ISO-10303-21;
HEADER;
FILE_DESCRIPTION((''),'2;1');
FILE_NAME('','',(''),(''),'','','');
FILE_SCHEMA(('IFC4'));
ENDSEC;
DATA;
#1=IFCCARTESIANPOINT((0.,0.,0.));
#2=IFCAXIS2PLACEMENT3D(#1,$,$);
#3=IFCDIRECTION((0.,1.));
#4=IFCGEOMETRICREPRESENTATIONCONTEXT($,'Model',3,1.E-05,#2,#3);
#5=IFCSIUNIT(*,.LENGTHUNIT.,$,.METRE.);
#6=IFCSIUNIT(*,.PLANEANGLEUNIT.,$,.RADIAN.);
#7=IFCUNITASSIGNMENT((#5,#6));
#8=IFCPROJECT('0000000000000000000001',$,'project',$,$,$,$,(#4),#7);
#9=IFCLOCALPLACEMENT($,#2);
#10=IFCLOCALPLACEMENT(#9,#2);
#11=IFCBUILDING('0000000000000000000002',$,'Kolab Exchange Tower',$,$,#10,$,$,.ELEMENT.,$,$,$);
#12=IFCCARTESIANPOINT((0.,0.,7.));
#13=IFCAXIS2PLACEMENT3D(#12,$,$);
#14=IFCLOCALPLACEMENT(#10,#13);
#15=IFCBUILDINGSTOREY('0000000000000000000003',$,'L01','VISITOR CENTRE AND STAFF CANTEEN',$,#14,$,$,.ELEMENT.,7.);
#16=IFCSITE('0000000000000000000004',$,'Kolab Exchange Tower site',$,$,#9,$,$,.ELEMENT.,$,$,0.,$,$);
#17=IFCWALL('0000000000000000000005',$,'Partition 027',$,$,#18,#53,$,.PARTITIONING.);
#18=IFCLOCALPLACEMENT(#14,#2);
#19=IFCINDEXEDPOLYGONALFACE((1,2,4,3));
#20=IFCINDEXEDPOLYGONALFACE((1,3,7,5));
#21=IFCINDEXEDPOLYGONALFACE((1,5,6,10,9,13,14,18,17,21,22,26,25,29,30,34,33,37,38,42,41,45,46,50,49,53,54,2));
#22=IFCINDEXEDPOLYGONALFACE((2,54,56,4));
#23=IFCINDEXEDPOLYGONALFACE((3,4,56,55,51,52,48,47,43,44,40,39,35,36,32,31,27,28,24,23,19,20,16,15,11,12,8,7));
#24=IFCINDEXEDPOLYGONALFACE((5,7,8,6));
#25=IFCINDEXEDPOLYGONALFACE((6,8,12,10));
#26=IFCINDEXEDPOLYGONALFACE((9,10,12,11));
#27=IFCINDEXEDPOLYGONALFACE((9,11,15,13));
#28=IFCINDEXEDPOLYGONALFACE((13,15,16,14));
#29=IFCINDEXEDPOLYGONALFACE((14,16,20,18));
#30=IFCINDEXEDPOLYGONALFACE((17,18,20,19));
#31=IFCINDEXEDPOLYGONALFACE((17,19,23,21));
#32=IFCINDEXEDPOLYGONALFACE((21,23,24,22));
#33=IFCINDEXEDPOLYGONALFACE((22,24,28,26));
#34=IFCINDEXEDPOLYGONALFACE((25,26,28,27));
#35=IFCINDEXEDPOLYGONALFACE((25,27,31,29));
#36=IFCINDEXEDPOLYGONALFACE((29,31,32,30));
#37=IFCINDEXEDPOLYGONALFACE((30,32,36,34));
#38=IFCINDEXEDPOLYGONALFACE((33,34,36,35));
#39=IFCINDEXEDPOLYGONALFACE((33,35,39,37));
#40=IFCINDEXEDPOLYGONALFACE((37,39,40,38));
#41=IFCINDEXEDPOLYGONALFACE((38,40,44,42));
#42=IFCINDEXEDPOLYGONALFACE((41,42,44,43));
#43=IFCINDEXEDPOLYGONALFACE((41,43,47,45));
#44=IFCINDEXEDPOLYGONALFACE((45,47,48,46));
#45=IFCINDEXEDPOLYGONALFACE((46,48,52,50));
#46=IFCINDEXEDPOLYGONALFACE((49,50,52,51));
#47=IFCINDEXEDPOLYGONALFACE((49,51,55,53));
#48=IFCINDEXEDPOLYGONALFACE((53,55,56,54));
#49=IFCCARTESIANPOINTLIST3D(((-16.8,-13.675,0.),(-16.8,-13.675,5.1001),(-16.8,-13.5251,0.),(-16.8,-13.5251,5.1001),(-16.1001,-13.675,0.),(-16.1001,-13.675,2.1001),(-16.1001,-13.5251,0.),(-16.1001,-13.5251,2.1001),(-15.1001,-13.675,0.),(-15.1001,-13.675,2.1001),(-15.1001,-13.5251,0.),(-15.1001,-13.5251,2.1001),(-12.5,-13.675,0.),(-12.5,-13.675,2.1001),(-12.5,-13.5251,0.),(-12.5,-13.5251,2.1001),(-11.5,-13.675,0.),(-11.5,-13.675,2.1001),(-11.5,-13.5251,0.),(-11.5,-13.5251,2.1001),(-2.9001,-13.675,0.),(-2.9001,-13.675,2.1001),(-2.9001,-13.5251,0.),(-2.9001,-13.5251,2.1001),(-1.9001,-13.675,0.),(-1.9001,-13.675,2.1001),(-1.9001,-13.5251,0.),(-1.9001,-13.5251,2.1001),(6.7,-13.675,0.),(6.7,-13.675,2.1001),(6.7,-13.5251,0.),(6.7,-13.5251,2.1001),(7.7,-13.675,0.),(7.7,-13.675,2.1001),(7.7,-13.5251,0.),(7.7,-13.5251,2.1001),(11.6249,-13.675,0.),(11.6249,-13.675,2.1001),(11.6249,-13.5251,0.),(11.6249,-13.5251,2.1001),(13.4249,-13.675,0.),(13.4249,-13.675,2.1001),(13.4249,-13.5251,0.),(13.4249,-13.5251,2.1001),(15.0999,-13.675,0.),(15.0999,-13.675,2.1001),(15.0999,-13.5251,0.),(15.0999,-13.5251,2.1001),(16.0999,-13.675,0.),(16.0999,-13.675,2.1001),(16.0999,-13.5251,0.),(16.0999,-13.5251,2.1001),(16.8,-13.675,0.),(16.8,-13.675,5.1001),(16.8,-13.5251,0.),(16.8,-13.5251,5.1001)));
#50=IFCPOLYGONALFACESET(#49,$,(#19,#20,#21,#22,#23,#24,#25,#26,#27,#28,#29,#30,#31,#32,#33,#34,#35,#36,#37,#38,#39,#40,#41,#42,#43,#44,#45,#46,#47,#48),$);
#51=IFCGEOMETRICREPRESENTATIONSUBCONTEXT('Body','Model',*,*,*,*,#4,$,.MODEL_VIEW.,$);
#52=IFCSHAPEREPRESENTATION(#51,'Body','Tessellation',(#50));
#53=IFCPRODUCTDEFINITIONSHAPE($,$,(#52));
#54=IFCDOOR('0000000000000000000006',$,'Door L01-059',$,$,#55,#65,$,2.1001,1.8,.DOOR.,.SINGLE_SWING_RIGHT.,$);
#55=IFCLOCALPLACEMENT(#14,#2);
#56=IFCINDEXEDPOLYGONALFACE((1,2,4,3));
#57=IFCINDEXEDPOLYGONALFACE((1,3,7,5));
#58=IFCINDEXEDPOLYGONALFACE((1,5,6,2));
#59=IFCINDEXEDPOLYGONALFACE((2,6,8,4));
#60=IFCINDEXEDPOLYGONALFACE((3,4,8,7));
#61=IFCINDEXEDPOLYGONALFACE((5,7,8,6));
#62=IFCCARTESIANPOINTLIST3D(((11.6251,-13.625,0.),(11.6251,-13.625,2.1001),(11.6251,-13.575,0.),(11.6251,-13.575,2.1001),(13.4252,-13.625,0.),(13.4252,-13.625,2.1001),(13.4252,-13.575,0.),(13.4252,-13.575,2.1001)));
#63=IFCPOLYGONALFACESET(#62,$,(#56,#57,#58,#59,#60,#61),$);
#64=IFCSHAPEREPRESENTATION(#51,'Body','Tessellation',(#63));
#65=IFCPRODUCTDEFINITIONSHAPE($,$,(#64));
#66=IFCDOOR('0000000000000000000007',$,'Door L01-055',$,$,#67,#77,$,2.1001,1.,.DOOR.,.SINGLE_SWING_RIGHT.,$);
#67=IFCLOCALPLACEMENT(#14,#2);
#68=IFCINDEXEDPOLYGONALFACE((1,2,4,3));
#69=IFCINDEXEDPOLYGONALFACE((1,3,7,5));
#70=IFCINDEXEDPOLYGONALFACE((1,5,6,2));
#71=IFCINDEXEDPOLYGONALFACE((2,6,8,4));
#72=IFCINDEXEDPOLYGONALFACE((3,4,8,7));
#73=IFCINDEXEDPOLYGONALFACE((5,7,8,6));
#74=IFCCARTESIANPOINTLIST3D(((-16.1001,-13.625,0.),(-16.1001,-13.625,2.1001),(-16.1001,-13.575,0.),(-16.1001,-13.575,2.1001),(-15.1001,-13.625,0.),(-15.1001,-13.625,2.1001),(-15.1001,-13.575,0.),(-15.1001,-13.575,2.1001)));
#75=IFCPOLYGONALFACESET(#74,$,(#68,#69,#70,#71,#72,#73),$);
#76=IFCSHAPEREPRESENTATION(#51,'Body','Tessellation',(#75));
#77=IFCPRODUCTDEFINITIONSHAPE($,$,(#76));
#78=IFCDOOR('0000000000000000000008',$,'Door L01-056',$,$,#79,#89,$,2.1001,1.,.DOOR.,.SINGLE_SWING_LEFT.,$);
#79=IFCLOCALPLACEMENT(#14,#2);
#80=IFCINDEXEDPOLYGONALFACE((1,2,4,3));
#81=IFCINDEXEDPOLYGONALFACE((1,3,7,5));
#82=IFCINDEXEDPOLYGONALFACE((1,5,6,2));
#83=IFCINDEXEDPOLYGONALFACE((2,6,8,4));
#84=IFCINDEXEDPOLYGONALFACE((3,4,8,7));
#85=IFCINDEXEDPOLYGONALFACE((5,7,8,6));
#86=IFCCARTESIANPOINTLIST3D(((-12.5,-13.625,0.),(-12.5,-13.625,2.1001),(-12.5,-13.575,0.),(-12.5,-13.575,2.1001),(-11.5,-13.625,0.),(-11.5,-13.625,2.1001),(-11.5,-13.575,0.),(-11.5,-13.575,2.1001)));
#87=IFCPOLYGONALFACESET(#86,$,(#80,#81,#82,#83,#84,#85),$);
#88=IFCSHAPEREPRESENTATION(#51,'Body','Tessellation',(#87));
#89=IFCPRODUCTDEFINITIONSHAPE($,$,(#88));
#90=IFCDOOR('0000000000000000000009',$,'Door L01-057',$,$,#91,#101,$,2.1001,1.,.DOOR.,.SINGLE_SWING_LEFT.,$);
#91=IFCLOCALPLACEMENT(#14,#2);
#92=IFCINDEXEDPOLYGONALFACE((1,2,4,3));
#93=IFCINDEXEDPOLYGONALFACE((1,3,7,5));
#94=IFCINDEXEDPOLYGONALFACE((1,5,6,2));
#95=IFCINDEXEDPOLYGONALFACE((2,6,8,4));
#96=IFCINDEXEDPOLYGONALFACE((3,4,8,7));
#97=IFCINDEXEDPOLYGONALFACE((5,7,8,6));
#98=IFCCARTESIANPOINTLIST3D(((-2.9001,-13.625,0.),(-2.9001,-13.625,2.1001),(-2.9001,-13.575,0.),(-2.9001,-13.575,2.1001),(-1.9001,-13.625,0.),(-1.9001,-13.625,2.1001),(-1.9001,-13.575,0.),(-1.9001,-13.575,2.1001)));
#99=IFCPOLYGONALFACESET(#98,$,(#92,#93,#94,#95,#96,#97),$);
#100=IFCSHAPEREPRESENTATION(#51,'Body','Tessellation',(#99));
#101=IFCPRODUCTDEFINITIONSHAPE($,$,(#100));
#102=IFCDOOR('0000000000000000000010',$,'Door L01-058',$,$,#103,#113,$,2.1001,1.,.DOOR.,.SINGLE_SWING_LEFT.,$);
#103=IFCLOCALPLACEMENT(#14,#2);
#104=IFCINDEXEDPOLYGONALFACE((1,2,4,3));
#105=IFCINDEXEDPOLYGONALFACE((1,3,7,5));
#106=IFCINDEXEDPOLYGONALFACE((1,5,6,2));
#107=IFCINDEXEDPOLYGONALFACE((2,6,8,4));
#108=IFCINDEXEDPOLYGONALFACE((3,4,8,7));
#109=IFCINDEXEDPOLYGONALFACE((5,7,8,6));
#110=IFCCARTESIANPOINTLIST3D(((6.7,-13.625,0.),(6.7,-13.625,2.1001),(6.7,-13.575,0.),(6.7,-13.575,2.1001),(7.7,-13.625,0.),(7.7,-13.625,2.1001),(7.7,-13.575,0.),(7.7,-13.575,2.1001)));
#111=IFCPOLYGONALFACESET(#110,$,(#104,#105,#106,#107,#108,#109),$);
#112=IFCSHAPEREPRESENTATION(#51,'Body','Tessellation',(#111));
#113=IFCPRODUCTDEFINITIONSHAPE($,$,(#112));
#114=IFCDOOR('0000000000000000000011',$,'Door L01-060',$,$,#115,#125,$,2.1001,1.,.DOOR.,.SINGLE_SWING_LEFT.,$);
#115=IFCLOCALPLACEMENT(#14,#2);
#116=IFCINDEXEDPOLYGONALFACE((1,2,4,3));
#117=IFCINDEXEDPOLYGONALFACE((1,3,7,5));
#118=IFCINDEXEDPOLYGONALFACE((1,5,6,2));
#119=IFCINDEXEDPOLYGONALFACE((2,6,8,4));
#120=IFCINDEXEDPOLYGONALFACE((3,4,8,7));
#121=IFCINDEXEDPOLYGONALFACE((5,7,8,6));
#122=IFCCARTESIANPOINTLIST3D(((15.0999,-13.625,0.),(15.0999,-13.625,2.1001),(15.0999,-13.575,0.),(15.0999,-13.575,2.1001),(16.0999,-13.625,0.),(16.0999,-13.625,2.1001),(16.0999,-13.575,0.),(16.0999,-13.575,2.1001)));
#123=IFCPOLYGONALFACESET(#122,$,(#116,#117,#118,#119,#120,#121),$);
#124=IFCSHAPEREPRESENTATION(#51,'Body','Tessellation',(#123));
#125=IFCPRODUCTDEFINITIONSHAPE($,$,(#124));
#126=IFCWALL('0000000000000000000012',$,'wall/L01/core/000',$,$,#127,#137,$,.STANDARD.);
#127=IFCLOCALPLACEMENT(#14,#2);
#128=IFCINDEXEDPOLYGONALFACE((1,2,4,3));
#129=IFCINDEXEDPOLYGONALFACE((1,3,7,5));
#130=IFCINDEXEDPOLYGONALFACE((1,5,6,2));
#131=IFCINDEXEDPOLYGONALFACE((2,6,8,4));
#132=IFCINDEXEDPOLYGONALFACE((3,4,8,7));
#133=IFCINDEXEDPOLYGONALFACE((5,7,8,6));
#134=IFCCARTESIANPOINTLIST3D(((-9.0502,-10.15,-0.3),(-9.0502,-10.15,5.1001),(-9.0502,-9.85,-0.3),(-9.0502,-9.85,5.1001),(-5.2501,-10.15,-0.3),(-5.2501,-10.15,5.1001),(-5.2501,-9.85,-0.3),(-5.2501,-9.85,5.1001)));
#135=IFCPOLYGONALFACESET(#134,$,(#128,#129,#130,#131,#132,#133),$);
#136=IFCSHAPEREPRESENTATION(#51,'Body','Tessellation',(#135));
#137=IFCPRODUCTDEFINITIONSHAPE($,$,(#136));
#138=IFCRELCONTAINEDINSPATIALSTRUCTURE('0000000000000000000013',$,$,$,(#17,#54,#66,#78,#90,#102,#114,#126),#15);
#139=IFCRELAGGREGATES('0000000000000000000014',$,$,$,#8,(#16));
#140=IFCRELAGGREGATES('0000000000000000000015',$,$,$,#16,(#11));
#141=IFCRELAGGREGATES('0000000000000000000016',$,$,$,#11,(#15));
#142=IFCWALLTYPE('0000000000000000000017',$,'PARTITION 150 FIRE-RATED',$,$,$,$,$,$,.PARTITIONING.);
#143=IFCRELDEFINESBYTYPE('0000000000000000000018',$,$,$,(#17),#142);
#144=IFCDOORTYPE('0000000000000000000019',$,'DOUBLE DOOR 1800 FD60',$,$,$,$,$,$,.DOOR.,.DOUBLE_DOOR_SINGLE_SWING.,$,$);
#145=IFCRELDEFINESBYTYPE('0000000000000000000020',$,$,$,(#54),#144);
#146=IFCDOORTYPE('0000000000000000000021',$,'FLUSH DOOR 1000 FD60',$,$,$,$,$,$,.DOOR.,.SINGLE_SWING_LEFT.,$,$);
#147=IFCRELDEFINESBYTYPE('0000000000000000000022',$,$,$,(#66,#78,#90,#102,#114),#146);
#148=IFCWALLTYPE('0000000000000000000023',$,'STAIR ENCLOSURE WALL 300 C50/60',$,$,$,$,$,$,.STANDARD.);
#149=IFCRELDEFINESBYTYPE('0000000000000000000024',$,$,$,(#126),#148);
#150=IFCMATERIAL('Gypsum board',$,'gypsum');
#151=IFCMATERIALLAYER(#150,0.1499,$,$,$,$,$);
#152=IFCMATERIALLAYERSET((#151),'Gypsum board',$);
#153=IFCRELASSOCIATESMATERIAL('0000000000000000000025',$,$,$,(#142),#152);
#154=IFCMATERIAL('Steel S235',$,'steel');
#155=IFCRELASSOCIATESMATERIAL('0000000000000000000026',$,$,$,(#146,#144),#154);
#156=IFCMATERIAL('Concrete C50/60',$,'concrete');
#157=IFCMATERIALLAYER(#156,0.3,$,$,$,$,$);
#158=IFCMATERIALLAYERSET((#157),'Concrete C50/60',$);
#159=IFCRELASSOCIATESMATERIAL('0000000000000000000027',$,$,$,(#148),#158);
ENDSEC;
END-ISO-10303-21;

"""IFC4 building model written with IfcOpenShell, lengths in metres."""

from ifc_helpers import new_model, si_unit, direction, frame, frame_2d, origin, place, context, subcontext, project, spatial, rectangle, extrude, material, layer, layer_set, type_object, element, fill, save


model = new_model("IFC4")

# Units and contexts
model_context = context("Model", 3, precision=1e-05, world=origin(), true_north=direction((0.0, 1.0)))
body_context = subcontext(model_context, "Body", "Model", "MODEL_VIEW")
ifc_project = project(units=[si_unit("LENGTHUNIT", "METRE"), si_unit("PLANEANGLEUNIT", "RADIAN")], contexts=[model_context])

# Site, building, storey
site_placement = place(None, origin())
site = spatial("IfcSite", under=ifc_project, at=site_placement, Name="Kolab Exchange Tower site", CompositionType="ELEMENT", RefElevation=0.0)
building_placement = place(site_placement, origin())
building = spatial("IfcBuilding", under=site, at=building_placement, Name="Kolab Exchange Tower", CompositionType="ELEMENT")
storey_placement = place(building_placement, frame((0.0, 0.0, 7.0)))
storey = spatial("IfcBuildingStorey", under=building, at=storey_placement, Name="L01", Description="VISITOR CENTRE AND STAFF CANTEEN", CompositionType="ELEMENT", Elevation=7.0)

# Shared definitions
ifc_material_1 = material(Name="Gypsum board", Category="gypsum")

# Wall, openings, doors
ifc_layer_1 = layer(ifc_material_1, 0.1499)
ifc_layer_set_1 = layer_set([ifc_layer_1], Name="Gypsum board")
wall_type_1 = type_object("IfcWallType", Name="PARTITION 150 FIRE-RATED", PredefinedType="PARTITIONING", material=ifc_layer_set_1)
ifc_material_2 = material(Name="Steel S235", Category="steel")
door_type_1 = type_object("IfcDoorType", Name="FLUSH DOOR 1000 FD60", OperationType="SINGLE_SWING_LEFT", PredefinedType="DOOR", material=ifc_material_2)
wall_1_placement = place(storey_placement, frame((-16.8, -13.6001, 0.0), z_axis=(0.0, 0.0, 1.0), x_axis=(1.0, 0.0, 0.0)))
wall_1 = element("IfcWall", 1, at=wall_1_placement, inside=storey, type_object=wall_type_1, Name="Partition 027", PredefinedType="PARTITIONING", context=body_context, shape_type="SweptSolid", body=[
    extrude(rectangle(XDim=33.6001, YDim=0.1499, at=frame_2d((16.8, 0.0))), origin(), (0.0, 0.0, 1.0), 5.1001),
])
opening_1_placement = place(wall_1_placement, frame((0.7, 0.0, 0.0)))
opening_1 = element("IfcOpeningElement", 2, at=opening_1_placement, cuts=wall_1, PredefinedType="OPENING", context=body_context, shape_type="SweptSolid", body=[
    extrude(rectangle(XDim=1.0, YDim=2.1001, at=frame_2d((0.5, 1.05))), frame((0.0, 0.085, 0.0), z_axis=(0.0, -1.0, 0.0), x_axis=(1.0, 0.0, 0.0)), (0.0, 0.0, 1.0), 0.1699),
])
opening_2_placement = place(wall_1_placement, frame((4.3, 0.0, 0.0)))
opening_2 = element("IfcOpeningElement", 3, at=opening_2_placement, cuts=wall_1, PredefinedType="OPENING", context=body_context, shape_type="SweptSolid", body=[
    extrude(rectangle(XDim=1.0, YDim=2.1001, at=frame_2d((0.5, 1.05))), frame((0.0, 0.085, 0.0), z_axis=(0.0, -1.0, 0.0), x_axis=(1.0, 0.0, 0.0)), (0.0, 0.0, 1.0), 0.1699),
])
opening_3_placement = place(wall_1_placement, frame((13.8999, 0.0, 0.0)))
opening_3 = element("IfcOpeningElement", 4, at=opening_3_placement, cuts=wall_1, PredefinedType="OPENING", context=body_context, shape_type="SweptSolid", body=[
    extrude(rectangle(XDim=1.0, YDim=2.1001, at=frame_2d((0.5, 1.05))), frame((0.0, 0.085, 0.0), z_axis=(0.0, -1.0, 0.0), x_axis=(1.0, 0.0, 0.0)), (0.0, 0.0, 1.0), 0.1699),
])
opening_4_placement = place(wall_1_placement, frame((23.5, 0.0, 0.0)))
opening_4 = element("IfcOpeningElement", 5, at=opening_4_placement, cuts=wall_1, PredefinedType="OPENING", context=body_context, shape_type="SweptSolid", body=[
    extrude(rectangle(XDim=1.0, YDim=2.1001, at=frame_2d((0.5, 1.05))), frame((0.0, 0.085, 0.0), z_axis=(0.0, -1.0, 0.0), x_axis=(1.0, 0.0, 0.0)), (0.0, 0.0, 1.0), 0.1699),
])
opening_5_placement = place(wall_1_placement, frame((28.425, 0.0, 0.0)))
opening_5 = element("IfcOpeningElement", 6, at=opening_5_placement, cuts=wall_1, PredefinedType="OPENING", context=body_context, shape_type="SweptSolid", body=[
    extrude(rectangle(XDim=1.8, YDim=2.1001, at=frame_2d((0.8999, 1.05))), frame((0.0, 0.085, 0.0), z_axis=(0.0, -1.0, 0.0), x_axis=(1.0, 0.0, 0.0)), (0.0, 0.0, 1.0), 0.1699),
])
opening_6_placement = place(wall_1_placement, frame((31.8999, 0.0, 0.0)))
opening_6 = element("IfcOpeningElement", 7, at=opening_6_placement, cuts=wall_1, PredefinedType="OPENING", context=body_context, shape_type="SweptSolid", body=[
    extrude(rectangle(XDim=1.0, YDim=2.1001, at=frame_2d((0.5, 1.05))), frame((0.0, 0.085, 0.0), z_axis=(0.0, -1.0, 0.0), x_axis=(1.0, 0.0, 0.0)), (0.0, 0.0, 1.0), 0.1699),
])
door_type_2 = type_object("IfcDoorType", Name="DOUBLE DOOR 1800 FD60", OperationType="DOUBLE_DOOR_SINGLE_SWING", PredefinedType="DOOR", material=ifc_material_2)
door_1_placement = place(opening_5_placement, frame((1.8, 0.0, 0.0), z_axis=(0.0, 0.0, 1.0), x_axis=(-1.0, 0.0, 0.0)))
door_1 = element("IfcDoor", 8, at=door_1_placement, inside=storey, type_object=door_type_2, Name="Door L01-059", OperationType="SINGLE_SWING_RIGHT", OverallHeight=2.1001, OverallWidth=1.8, PredefinedType="DOOR", context=body_context, shape_type="SweptSolid", body=[
    extrude(rectangle(XDim=1.8, YDim=2.1001, at=frame_2d((0.8999, 1.05))), frame((0.0, 0.0249, 0.0), z_axis=(0.0, -1.0, 0.0), x_axis=(1.0, 0.0, 0.0)), (0.0, 0.0, 1.0), 0.05),
])
fill(opening_5, door_1)
door_2_placement = place(opening_1_placement, frame((1.0, 0.0, 0.0), z_axis=(0.0, 0.0, 1.0), x_axis=(-1.0, 0.0, 0.0)))
door_2 = element("IfcDoor", 9, at=door_2_placement, inside=storey, type_object=door_type_1, Name="Door L01-055", OperationType="SINGLE_SWING_RIGHT", OverallHeight=2.1001, OverallWidth=1.0, PredefinedType="DOOR", context=body_context, shape_type="SweptSolid", body=[
    extrude(rectangle(XDim=1.0, YDim=2.1001, at=frame_2d((0.5, 1.05))), frame((0.0, 0.0249, 0.0), z_axis=(0.0, -1.0, 0.0), x_axis=(1.0, 0.0, 0.0)), (0.0, 0.0, 1.0), 0.05),
])
fill(opening_1, door_2)
door_3_placement = place(opening_2_placement, frame((1.0, 0.0, 0.0), z_axis=(0.0, 0.0, 1.0), x_axis=(-1.0, 0.0, 0.0)))
door_3 = element("IfcDoor", 10, at=door_3_placement, inside=storey, type_object=door_type_1, Name="Door L01-056", OperationType="SINGLE_SWING_LEFT", OverallHeight=2.1001, OverallWidth=1.0, PredefinedType="DOOR", context=body_context, shape_type="SweptSolid", body=[
    extrude(rectangle(XDim=1.0, YDim=2.1001, at=frame_2d((0.5, 1.05))), frame((0.0, 0.0249, 0.0), z_axis=(0.0, -1.0, 0.0), x_axis=(1.0, 0.0, 0.0)), (0.0, 0.0, 1.0), 0.05),
])
fill(opening_2, door_3)
door_4_placement = place(opening_3_placement, frame((1.0, 0.0, 0.0), z_axis=(0.0, 0.0, 1.0), x_axis=(-1.0, 0.0, 0.0)))
door_4 = element("IfcDoor", 11, at=door_4_placement, inside=storey, type_object=door_type_1, Name="Door L01-057", OperationType="SINGLE_SWING_LEFT", OverallHeight=2.1001, OverallWidth=1.0, PredefinedType="DOOR", context=body_context, shape_type="SweptSolid", body=[
    extrude(rectangle(XDim=1.0, YDim=2.1001, at=frame_2d((0.5, 1.05))), frame((0.0, 0.0249, 0.0), z_axis=(0.0, -1.0, 0.0), x_axis=(1.0, 0.0, 0.0)), (0.0, 0.0, 1.0), 0.05),
])
fill(opening_3, door_4)
door_5_placement = place(opening_4_placement, frame((1.0, 0.0, 0.0), z_axis=(0.0, 0.0, 1.0), x_axis=(-1.0, 0.0, 0.0)))
door_5 = element("IfcDoor", 12, at=door_5_placement, inside=storey, type_object=door_type_1, Name="Door L01-058", OperationType="SINGLE_SWING_LEFT", OverallHeight=2.1001, OverallWidth=1.0, PredefinedType="DOOR", context=body_context, shape_type="SweptSolid", body=[
    extrude(rectangle(XDim=1.0, YDim=2.1001, at=frame_2d((0.5, 1.05))), frame((0.0, 0.0249, 0.0), z_axis=(0.0, -1.0, 0.0), x_axis=(1.0, 0.0, 0.0)), (0.0, 0.0, 1.0), 0.05),
])
fill(opening_4, door_5)
door_6_placement = place(opening_6_placement, frame((1.0, 0.0, 0.0), z_axis=(0.0, 0.0, 1.0), x_axis=(-1.0, 0.0, 0.0)))
door_6 = element("IfcDoor", 13, at=door_6_placement, inside=storey, type_object=door_type_1, Name="Door L01-060", OperationType="SINGLE_SWING_LEFT", OverallHeight=2.1001, OverallWidth=1.0, PredefinedType="DOOR", context=body_context, shape_type="SweptSolid", body=[
    extrude(rectangle(XDim=1.0, YDim=2.1001, at=frame_2d((0.5, 1.05))), frame((0.0, 0.0249, 0.0), z_axis=(0.0, -1.0, 0.0), x_axis=(1.0, 0.0, 0.0)), (0.0, 0.0, 1.0), 0.05),
])
fill(opening_6, door_6)

# Wall
ifc_material_3 = material(Name="Concrete C50/60", Category="concrete")
ifc_layer_2 = layer(ifc_material_3, 0.3)
ifc_layer_set_2 = layer_set([ifc_layer_2], Name="Concrete C50/60")
wall_type_2 = type_object("IfcWallType", Name="STAIR ENCLOSURE WALL 300 C50/60", PredefinedType="STANDARD", material=ifc_layer_set_2)
wall_2_placement = place(storey_placement, frame((-9.05, -10.0, -0.3), z_axis=(0.0, 0.0, 1.0), x_axis=(1.0, 0.0, 0.0)))
element("IfcWall", 14, at=wall_2_placement, inside=storey, type_object=wall_type_2, Name="wall/L01/core/000", PredefinedType="STANDARD", context=body_context, shape_type="SweptSolid", body=[
    extrude(rectangle(XDim=3.8, YDim=0.3, at=frame_2d((1.8999, 0.0))), origin(), (0.0, 0.0, 1.0), 5.4001),
])

save(model, "model.ifc")
